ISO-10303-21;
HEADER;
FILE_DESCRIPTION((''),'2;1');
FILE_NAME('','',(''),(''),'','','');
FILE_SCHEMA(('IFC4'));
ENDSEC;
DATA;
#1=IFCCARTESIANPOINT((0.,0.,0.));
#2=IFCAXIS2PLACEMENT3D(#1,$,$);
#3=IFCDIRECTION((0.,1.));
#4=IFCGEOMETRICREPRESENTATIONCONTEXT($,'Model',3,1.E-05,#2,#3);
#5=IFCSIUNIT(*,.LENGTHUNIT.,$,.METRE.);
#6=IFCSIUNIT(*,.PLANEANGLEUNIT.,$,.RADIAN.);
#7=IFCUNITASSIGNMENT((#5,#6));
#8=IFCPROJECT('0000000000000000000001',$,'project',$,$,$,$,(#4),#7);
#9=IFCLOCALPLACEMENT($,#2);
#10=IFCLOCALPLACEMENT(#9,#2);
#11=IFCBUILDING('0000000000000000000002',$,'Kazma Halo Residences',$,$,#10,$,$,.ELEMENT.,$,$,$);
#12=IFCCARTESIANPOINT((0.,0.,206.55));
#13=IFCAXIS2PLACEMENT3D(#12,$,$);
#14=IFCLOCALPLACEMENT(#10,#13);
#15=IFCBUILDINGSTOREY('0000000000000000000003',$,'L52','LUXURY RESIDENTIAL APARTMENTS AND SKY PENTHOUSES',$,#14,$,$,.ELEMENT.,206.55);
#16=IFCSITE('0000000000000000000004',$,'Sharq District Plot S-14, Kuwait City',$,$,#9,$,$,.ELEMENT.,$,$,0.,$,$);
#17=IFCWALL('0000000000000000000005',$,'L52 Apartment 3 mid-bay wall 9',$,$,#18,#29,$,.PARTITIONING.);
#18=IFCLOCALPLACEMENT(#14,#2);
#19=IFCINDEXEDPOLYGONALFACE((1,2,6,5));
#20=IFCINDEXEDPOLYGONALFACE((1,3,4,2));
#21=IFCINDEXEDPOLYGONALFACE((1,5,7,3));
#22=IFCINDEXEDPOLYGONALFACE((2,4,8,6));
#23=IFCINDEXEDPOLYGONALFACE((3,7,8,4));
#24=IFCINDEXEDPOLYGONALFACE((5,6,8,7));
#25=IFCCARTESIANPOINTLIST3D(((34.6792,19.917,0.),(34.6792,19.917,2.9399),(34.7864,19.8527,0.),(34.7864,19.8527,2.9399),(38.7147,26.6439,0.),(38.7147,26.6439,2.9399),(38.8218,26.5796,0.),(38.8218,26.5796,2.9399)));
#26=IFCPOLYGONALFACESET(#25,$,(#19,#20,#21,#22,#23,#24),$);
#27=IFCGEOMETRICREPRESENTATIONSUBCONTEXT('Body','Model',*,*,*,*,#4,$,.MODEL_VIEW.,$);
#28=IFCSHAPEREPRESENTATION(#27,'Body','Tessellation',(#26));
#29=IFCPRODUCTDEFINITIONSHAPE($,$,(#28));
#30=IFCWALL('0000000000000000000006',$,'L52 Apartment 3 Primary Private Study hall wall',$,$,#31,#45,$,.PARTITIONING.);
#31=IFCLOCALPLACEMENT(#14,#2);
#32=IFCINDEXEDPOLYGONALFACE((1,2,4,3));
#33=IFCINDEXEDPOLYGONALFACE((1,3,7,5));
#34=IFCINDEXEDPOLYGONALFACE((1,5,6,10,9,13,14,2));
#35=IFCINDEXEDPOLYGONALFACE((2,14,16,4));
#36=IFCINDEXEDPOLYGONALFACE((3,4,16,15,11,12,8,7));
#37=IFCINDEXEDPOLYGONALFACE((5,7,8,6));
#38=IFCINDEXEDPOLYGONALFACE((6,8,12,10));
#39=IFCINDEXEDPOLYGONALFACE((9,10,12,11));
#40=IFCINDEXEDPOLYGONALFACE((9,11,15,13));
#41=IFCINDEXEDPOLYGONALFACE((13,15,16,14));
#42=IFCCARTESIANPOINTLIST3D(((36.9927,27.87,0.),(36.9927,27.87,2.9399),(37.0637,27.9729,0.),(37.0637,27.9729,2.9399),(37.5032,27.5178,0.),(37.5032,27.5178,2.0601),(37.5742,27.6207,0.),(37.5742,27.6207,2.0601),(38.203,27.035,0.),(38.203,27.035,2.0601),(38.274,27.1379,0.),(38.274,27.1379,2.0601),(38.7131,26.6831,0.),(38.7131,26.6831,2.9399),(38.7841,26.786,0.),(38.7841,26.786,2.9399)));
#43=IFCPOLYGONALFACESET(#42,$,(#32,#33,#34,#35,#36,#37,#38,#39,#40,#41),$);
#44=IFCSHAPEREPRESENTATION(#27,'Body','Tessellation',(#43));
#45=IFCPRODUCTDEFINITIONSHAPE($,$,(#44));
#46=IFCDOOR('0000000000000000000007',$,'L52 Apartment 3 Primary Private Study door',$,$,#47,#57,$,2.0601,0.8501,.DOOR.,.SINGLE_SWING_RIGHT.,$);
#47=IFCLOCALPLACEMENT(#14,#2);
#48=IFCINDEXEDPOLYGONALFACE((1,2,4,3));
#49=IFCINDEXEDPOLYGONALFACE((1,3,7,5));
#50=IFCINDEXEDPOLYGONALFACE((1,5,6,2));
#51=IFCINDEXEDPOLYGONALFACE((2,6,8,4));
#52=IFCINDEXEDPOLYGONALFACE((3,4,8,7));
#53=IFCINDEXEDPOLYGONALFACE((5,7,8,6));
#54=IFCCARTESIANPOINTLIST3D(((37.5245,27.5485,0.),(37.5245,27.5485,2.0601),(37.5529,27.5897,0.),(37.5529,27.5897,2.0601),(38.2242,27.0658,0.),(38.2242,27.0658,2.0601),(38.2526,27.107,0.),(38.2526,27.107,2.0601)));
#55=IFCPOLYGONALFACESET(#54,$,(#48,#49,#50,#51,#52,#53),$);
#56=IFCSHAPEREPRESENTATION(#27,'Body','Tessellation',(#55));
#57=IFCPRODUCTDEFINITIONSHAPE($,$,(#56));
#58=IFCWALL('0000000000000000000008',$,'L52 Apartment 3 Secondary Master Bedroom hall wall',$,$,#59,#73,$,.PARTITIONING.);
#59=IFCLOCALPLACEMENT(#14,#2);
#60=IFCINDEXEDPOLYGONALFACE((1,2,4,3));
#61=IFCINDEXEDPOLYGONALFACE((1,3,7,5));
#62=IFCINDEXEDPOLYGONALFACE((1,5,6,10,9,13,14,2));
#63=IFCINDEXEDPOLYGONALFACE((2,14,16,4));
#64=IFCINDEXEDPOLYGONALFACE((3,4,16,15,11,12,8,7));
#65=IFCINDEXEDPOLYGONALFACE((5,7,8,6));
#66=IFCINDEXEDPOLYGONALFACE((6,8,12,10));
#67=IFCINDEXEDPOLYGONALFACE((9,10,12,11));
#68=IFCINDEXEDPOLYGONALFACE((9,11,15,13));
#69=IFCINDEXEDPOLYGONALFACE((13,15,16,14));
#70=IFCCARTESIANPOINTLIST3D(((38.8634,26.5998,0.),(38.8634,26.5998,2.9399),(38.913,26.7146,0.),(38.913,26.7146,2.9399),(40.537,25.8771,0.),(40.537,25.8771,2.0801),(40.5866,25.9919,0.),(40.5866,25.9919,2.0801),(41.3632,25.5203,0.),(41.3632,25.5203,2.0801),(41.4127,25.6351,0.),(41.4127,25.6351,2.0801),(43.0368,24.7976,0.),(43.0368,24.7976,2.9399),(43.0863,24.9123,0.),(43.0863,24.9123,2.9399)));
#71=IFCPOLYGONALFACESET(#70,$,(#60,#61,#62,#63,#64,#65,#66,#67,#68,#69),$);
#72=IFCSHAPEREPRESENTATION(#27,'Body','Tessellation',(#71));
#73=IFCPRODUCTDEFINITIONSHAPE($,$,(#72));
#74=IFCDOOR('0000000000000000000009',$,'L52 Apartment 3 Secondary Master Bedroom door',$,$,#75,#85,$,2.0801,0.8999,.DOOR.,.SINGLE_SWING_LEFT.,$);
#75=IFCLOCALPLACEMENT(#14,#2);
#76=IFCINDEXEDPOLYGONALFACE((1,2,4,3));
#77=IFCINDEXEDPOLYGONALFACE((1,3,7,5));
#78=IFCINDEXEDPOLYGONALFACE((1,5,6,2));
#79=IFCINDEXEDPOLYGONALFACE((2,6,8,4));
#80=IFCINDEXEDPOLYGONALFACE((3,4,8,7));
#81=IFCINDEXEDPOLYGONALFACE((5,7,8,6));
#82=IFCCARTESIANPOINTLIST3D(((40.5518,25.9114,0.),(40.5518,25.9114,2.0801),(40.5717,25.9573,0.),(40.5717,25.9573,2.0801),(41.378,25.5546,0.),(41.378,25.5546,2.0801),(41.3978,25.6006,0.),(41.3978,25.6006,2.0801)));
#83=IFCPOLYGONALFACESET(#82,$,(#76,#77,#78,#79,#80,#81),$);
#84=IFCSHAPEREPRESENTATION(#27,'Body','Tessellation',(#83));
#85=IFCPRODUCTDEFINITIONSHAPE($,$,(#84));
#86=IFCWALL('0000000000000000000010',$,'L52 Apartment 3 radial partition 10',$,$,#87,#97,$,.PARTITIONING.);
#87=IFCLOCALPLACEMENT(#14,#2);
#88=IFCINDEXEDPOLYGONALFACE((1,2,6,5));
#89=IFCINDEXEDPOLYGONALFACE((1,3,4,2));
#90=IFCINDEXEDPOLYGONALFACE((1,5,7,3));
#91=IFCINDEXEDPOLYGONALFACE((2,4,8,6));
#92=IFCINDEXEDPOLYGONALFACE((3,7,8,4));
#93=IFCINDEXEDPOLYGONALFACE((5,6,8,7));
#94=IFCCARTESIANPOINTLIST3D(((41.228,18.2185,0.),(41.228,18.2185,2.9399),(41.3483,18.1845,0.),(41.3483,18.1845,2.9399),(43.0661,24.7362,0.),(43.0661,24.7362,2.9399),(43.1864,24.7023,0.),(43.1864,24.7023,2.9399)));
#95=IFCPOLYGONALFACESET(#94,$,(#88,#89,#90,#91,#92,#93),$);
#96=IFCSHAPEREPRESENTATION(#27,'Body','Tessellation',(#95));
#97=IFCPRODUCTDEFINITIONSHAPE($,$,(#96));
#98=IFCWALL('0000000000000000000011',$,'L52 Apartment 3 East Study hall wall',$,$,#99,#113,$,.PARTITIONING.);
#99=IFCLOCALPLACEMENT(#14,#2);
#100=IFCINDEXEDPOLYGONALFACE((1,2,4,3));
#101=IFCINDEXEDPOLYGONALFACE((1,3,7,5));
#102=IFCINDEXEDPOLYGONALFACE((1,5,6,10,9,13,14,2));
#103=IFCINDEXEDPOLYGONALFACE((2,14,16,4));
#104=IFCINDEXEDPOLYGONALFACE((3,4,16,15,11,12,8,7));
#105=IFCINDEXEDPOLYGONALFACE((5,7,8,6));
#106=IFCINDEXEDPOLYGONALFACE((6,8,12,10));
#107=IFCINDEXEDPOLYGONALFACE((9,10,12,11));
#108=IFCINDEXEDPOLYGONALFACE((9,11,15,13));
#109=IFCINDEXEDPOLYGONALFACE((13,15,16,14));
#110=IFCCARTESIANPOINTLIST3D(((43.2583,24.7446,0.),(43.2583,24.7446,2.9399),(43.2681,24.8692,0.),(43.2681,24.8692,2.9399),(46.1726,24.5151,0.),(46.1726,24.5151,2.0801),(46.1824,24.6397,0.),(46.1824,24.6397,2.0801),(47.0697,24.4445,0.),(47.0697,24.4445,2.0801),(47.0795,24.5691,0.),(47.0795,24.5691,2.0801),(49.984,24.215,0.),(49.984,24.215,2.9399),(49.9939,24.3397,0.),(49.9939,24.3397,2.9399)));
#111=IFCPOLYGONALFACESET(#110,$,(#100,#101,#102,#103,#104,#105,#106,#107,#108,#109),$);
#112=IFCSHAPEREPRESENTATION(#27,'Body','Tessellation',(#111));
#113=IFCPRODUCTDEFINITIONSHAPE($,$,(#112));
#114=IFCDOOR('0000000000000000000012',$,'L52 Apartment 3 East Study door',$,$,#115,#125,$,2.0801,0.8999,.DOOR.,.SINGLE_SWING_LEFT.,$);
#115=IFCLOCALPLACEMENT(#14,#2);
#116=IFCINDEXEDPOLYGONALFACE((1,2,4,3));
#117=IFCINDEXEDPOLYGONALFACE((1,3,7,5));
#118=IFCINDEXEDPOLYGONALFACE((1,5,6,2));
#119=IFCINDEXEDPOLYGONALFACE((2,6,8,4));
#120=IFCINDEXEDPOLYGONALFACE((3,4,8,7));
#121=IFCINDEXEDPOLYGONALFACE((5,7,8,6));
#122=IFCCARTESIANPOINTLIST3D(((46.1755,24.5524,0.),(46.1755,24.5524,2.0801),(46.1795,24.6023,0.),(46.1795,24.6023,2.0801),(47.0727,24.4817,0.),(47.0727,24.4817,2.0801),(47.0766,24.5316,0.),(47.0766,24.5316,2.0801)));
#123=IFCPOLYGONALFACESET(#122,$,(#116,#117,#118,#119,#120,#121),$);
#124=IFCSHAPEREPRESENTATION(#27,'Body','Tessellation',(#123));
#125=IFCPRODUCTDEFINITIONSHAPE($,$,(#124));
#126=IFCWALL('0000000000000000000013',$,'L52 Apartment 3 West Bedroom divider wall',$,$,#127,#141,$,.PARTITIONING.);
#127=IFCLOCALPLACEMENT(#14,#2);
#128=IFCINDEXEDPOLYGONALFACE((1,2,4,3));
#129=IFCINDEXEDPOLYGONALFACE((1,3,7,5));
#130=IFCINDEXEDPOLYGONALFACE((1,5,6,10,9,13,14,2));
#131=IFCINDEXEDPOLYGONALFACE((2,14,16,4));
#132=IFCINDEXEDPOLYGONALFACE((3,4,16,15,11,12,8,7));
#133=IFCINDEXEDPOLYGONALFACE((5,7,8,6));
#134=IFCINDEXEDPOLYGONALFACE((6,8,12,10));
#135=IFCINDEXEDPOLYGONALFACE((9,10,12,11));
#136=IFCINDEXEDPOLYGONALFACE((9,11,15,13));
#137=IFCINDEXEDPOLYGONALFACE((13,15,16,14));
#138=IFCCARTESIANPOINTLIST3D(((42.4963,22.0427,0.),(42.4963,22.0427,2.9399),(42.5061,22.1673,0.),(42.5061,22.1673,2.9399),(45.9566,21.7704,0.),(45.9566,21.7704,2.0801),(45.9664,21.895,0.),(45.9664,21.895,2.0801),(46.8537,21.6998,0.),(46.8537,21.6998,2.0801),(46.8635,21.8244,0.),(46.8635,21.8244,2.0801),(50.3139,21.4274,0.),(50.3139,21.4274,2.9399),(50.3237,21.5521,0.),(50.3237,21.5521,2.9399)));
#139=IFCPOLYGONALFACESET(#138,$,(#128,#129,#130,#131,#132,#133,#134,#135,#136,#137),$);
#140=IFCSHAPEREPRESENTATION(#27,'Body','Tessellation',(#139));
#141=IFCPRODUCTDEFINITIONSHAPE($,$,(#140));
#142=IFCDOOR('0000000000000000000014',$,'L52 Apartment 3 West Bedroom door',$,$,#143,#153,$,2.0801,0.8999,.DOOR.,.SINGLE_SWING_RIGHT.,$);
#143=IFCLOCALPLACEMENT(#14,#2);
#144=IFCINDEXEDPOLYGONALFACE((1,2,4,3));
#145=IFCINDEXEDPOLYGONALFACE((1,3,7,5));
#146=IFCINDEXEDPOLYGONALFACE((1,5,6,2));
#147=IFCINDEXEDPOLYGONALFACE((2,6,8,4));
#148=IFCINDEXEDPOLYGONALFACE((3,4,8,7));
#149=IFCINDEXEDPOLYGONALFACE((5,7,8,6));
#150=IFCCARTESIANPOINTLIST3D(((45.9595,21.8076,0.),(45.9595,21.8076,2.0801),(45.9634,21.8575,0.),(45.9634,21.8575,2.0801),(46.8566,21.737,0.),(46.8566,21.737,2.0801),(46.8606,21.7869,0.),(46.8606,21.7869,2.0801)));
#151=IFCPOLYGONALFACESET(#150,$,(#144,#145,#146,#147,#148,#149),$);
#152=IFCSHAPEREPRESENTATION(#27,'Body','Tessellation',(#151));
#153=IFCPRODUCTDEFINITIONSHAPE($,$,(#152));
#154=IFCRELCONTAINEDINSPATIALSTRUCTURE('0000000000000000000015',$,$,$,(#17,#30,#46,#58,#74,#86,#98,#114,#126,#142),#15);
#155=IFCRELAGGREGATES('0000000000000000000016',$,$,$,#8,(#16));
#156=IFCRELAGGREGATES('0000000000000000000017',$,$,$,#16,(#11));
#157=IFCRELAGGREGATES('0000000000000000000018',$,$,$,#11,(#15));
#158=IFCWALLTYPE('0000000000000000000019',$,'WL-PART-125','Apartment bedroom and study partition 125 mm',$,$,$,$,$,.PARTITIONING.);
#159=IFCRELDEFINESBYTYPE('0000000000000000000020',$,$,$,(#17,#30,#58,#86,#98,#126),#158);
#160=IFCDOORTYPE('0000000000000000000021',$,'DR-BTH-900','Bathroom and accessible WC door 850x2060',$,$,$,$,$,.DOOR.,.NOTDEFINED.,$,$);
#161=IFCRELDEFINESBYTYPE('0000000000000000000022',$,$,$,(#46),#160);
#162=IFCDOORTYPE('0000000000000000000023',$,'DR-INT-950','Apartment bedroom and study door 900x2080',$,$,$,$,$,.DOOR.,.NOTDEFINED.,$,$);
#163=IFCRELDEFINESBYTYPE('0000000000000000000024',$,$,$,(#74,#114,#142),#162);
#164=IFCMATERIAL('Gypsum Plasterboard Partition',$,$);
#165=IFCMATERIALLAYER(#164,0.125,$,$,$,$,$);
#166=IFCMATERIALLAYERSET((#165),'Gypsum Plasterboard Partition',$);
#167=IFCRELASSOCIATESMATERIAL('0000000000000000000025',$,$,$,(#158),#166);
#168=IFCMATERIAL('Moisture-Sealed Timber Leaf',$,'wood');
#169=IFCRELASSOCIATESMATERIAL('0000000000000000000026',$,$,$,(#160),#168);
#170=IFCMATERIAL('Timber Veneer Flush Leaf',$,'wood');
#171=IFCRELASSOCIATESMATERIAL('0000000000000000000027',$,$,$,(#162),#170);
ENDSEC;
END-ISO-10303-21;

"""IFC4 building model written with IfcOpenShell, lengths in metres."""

from ifc_helpers import new_model, si_unit, direction, frame, frame_2d, origin, place, context, subcontext, project, spatial, rectangle, extrude, material, layer, layer_set, type_object, element, fill, save


model = new_model("IFC4")

# Units and contexts
model_context = context("Model", 3, precision=1e-05, world=origin(), true_north=direction((0.0, 1.0)))
body_context = subcontext(model_context, "Body", "Model", "MODEL_VIEW")
ifc_project = project(units=[si_unit("LENGTHUNIT", "METRE"), si_unit("PLANEANGLEUNIT", "RADIAN")], contexts=[model_context])

# Site, building, storey
site_placement = place(None, origin())
site = spatial("IfcSite", under=ifc_project, at=site_placement, Name="Sharq District Plot S-14, Kuwait City", CompositionType="ELEMENT", RefElevation=0.0)
building_placement = place(site_placement, origin())
building = spatial("IfcBuilding", under=site, at=building_placement, Name="Kazma Halo Residences", CompositionType="ELEMENT")
storey_placement = place(building_placement, frame((0.0, 0.0, 206.55)))
storey = spatial("IfcBuildingStorey", under=building, at=storey_placement, Name="L52", Description="LUXURY RESIDENTIAL APARTMENTS AND SKY PENTHOUSES", CompositionType="ELEMENT", Elevation=206.55)

# Wall
ifc_material_1 = material(Name="Gypsum Plasterboard Partition")
ifc_layer_1 = layer(ifc_material_1, 0.125)
ifc_layer_set_1 = layer_set([ifc_layer_1], Name="Gypsum Plasterboard Partition")
wall_type_1 = type_object("IfcWallType", Name="WL-PART-125", Description="Apartment bedroom and study partition 125 mm", PredefinedType="PARTITIONING", material=ifc_layer_set_1)
wall_1_placement = place(storey_placement, frame((38.7683, 26.6118, 0.0), z_axis=(0.0, 0.0, 1.0), x_axis=(-0.514432, -0.857531, 0.0)))
element("IfcWall", 1, at=wall_1_placement, inside=storey, type_object=wall_type_1, Name="L52 Apartment 3 mid-bay wall 9", PredefinedType="PARTITIONING", context=body_context, shape_type="SweptSolid", body=[
    extrude(rectangle(XDim=7.8445, YDim=0.125, at=frame_2d((3.9224, 0.0))), origin(), (0.0, 0.0, 1.0), 2.9399),
])

# Walls, openings, doors
wall_2_placement = place(storey_placement, frame((37.0283, 27.9214, 0.0), z_axis=(0.0, 0.0, 1.0), x_axis=(0.823104, -0.567891, 0.0)))
wall_2 = element("IfcWall", 2, at=wall_2_placement, inside=storey, type_object=wall_type_1, Name="L52 Apartment 3 Primary Private Study hall wall", PredefinedType="PARTITIONING", context=body_context, shape_type="SweptSolid", body=[
    extrude(rectangle(XDim=2.0901, YDim=0.125, at=frame_2d((1.0449, 0.0))), origin(), (0.0, 0.0, 1.0), 2.9399),
])
opening_1_placement = place(wall_2_placement, frame((0.6201, 0.0, 0.0)))
opening_1 = element("IfcOpeningElement", 3, at=opening_1_placement, cuts=wall_2, PredefinedType="OPENING", context=body_context, shape_type="SweptSolid", body=[
    extrude(rectangle(XDim=0.8501, YDim=2.0601, at=frame_2d((0.425, 1.03))), frame((0.0, 0.0725, 0.0), z_axis=(0.0, -1.0, 0.0), x_axis=(1.0, 0.0, 0.0)), (0.0, 0.0, 1.0), 0.145),
])
ifc_material_2 = material(Name="Moisture-Sealed Timber Leaf", Category="wood")
door_type_1 = type_object("IfcDoorType", Name="DR-BTH-900", Description="Bathroom and accessible WC door 850x2060", OperationType="NOTDEFINED", PredefinedType="DOOR", material=ifc_material_2)
door_1_placement = place(opening_1_placement, origin())
door_1 = element("IfcDoor", 4, at=door_1_placement, inside=storey, type_object=door_type_1, Name="L52 Apartment 3 Primary Private Study door", OperationType="SINGLE_SWING_RIGHT", OverallHeight=2.0601, OverallWidth=0.8501, PredefinedType="DOOR", context=body_context, shape_type="SweptSolid", body=[
    extrude(rectangle(XDim=0.8501, YDim=2.0601, at=frame_2d((0.425, 1.03))), frame((0.0, 0.0249, 0.0), z_axis=(0.0, -1.0, 0.0), x_axis=(1.0, 0.0, 0.0)), (0.0, 0.0, 1.0), 0.05),
])
fill(opening_1, door_1)
wall_3_placement = place(storey_placement, frame((38.8882, 26.6572, 0.0), z_axis=(0.0, 0.0, 1.0), x_axis=(0.918053, -0.396459, 0.0)))
wall_3 = element("IfcWall", 5, at=wall_3_placement, inside=storey, type_object=wall_type_1, Name="L52 Apartment 3 Secondary Master Bedroom hall wall", PredefinedType="PARTITIONING", context=body_context, shape_type="SweptSolid", body=[
    extrude(rectangle(XDim=4.5459, YDim=0.125, at=frame_2d((2.2729, 0.0))), origin(), (0.0, 0.0, 1.0), 2.9399),
])
opening_2_placement = place(wall_3_placement, frame((1.823, 0.0, 0.0)))
opening_2 = element("IfcOpeningElement", 6, at=opening_2_placement, cuts=wall_3, PredefinedType="OPENING", context=body_context, shape_type="SweptSolid", body=[
    extrude(rectangle(XDim=0.8999, YDim=2.0801, at=frame_2d((0.45, 1.04))), frame((0.0, 0.0725, 0.0), z_axis=(0.0, -1.0, 0.0), x_axis=(1.0, 0.0, 0.0)), (0.0, 0.0, 1.0), 0.145),
])
ifc_material_3 = material(Name="Timber Veneer Flush Leaf", Category="wood")
door_type_2 = type_object("IfcDoorType", Name="DR-INT-950", Description="Apartment bedroom and study door 900x2080", OperationType="NOTDEFINED", PredefinedType="DOOR", material=ifc_material_3)
door_2_placement = place(opening_2_placement, origin())
door_2 = element("IfcDoor", 7, at=door_2_placement, inside=storey, type_object=door_type_2, Name="L52 Apartment 3 Secondary Master Bedroom door", OperationType="SINGLE_SWING_LEFT", OverallHeight=2.0801, OverallWidth=0.8999, PredefinedType="DOOR", context=body_context, shape_type="SweptSolid", body=[
    extrude(rectangle(XDim=0.8999, YDim=2.0801, at=frame_2d((0.45, 1.04))), frame((0.0, 0.0249, 0.0), z_axis=(0.0, -1.0, 0.0), x_axis=(1.0, 0.0, 0.0)), (0.0, 0.0, 1.0), 0.05),
])
fill(opening_2, door_2)

# Wall
wall_4_placement = place(storey_placement, frame((43.1262, 24.7192, 0.0), z_axis=(0.0, 0.0, 1.0), x_axis=(-0.271429, -0.962458, 0.0)))
element("IfcWall", 8, at=wall_4_placement, inside=storey, type_object=wall_type_1, Name="L52 Apartment 3 radial partition 10", PredefinedType="PARTITIONING", context=body_context, shape_type="SweptSolid", body=[
    extrude(rectangle(XDim=6.772, YDim=0.125, at=frame_2d((3.386, 0.0))), origin(), (0.0, 0.0, 1.0), 2.9399),
])

# Walls, openings, doors
wall_5_placement = place(storey_placement, frame((43.2632, 24.8069, 0.0), z_axis=(0.0, 0.0, 1.0), x_axis=(0.996915, -0.07849, 0.0)))
wall_5 = element("IfcWall", 9, at=wall_5_placement, inside=storey, type_object=wall_type_1, Name="L52 Apartment 3 East Study hall wall", PredefinedType="PARTITIONING", context=body_context, shape_type="SweptSolid", body=[
    extrude(rectangle(XDim=6.7466, YDim=0.125, at=frame_2d((3.3733, 0.0))), origin(), (0.0, 0.0, 1.0), 2.9399),
])
opening_3_placement = place(wall_5_placement, frame((2.9233, 0.0, 0.0)))
opening_3 = element("IfcOpeningElement", 10, at=opening_3_placement, cuts=wall_5, PredefinedType="OPENING", context=body_context, shape_type="SweptSolid", body=[
    extrude(rectangle(XDim=0.8999, YDim=2.0801, at=frame_2d((0.45, 1.04))), frame((0.0, 0.0725, 0.0), z_axis=(0.0, -1.0, 0.0), x_axis=(1.0, 0.0, 0.0)), (0.0, 0.0, 1.0), 0.145),
])
door_3_placement = place(opening_3_placement, origin())
door_3 = element("IfcDoor", 11, at=door_3_placement, inside=storey, type_object=door_type_2, Name="L52 Apartment 3 East Study door", OperationType="SINGLE_SWING_LEFT", OverallHeight=2.0801, OverallWidth=0.8999, PredefinedType="DOOR", context=body_context, shape_type="SweptSolid", body=[
    extrude(rectangle(XDim=0.8999, YDim=2.0801, at=frame_2d((0.45, 1.04))), frame((0.0, 0.0249, 0.0), z_axis=(0.0, -1.0, 0.0), x_axis=(1.0, 0.0, 0.0)), (0.0, 0.0, 1.0), 0.05),
])
fill(opening_3, door_3)
wall_6_placement = place(storey_placement, frame((42.5012, 22.105, 0.0), z_axis=(0.0, 0.0, 1.0), x_axis=(0.996918, -0.078456, 0.0)))
wall_6 = element("IfcWall", 12, at=wall_6_placement, inside=storey, type_object=wall_type_1, Name="L52 Apartment 3 West Bedroom divider wall", PredefinedType="PARTITIONING", context=body_context, shape_type="SweptSolid", body=[
    extrude(rectangle(XDim=7.8418, YDim=0.125, at=frame_2d((3.9209, 0.0))), origin(), (0.0, 0.0, 1.0), 2.9399),
])
opening_4_placement = place(wall_6_placement, frame((3.4709, 0.0, 0.0)))
opening_4 = element("IfcOpeningElement", 13, at=opening_4_placement, cuts=wall_6, PredefinedType="OPENING", context=body_context, shape_type="SweptSolid", body=[
    extrude(rectangle(XDim=0.8999, YDim=2.0801, at=frame_2d((0.45, 1.04))), frame((0.0, 0.0725, 0.0), z_axis=(0.0, -1.0, 0.0), x_axis=(1.0, 0.0, 0.0)), (0.0, 0.0, 1.0), 0.145),
])
door_4_placement = place(opening_4_placement, origin())
door_4 = element("IfcDoor", 14, at=door_4_placement, inside=storey, type_object=door_type_2, Name="L52 Apartment 3 West Bedroom door", OperationType="SINGLE_SWING_RIGHT", OverallHeight=2.0801, OverallWidth=0.8999, PredefinedType="DOOR", context=body_context, shape_type="SweptSolid", body=[
    extrude(rectangle(XDim=0.8999, YDim=2.0801, at=frame_2d((0.45, 1.04))), frame((0.0, 0.0249, 0.0), z_axis=(0.0, -1.0, 0.0), x_axis=(1.0, 0.0, 0.0)), (0.0, 0.0, 1.0), 0.05),
])
fill(opening_4, door_4)

save(model, "model.ifc")
